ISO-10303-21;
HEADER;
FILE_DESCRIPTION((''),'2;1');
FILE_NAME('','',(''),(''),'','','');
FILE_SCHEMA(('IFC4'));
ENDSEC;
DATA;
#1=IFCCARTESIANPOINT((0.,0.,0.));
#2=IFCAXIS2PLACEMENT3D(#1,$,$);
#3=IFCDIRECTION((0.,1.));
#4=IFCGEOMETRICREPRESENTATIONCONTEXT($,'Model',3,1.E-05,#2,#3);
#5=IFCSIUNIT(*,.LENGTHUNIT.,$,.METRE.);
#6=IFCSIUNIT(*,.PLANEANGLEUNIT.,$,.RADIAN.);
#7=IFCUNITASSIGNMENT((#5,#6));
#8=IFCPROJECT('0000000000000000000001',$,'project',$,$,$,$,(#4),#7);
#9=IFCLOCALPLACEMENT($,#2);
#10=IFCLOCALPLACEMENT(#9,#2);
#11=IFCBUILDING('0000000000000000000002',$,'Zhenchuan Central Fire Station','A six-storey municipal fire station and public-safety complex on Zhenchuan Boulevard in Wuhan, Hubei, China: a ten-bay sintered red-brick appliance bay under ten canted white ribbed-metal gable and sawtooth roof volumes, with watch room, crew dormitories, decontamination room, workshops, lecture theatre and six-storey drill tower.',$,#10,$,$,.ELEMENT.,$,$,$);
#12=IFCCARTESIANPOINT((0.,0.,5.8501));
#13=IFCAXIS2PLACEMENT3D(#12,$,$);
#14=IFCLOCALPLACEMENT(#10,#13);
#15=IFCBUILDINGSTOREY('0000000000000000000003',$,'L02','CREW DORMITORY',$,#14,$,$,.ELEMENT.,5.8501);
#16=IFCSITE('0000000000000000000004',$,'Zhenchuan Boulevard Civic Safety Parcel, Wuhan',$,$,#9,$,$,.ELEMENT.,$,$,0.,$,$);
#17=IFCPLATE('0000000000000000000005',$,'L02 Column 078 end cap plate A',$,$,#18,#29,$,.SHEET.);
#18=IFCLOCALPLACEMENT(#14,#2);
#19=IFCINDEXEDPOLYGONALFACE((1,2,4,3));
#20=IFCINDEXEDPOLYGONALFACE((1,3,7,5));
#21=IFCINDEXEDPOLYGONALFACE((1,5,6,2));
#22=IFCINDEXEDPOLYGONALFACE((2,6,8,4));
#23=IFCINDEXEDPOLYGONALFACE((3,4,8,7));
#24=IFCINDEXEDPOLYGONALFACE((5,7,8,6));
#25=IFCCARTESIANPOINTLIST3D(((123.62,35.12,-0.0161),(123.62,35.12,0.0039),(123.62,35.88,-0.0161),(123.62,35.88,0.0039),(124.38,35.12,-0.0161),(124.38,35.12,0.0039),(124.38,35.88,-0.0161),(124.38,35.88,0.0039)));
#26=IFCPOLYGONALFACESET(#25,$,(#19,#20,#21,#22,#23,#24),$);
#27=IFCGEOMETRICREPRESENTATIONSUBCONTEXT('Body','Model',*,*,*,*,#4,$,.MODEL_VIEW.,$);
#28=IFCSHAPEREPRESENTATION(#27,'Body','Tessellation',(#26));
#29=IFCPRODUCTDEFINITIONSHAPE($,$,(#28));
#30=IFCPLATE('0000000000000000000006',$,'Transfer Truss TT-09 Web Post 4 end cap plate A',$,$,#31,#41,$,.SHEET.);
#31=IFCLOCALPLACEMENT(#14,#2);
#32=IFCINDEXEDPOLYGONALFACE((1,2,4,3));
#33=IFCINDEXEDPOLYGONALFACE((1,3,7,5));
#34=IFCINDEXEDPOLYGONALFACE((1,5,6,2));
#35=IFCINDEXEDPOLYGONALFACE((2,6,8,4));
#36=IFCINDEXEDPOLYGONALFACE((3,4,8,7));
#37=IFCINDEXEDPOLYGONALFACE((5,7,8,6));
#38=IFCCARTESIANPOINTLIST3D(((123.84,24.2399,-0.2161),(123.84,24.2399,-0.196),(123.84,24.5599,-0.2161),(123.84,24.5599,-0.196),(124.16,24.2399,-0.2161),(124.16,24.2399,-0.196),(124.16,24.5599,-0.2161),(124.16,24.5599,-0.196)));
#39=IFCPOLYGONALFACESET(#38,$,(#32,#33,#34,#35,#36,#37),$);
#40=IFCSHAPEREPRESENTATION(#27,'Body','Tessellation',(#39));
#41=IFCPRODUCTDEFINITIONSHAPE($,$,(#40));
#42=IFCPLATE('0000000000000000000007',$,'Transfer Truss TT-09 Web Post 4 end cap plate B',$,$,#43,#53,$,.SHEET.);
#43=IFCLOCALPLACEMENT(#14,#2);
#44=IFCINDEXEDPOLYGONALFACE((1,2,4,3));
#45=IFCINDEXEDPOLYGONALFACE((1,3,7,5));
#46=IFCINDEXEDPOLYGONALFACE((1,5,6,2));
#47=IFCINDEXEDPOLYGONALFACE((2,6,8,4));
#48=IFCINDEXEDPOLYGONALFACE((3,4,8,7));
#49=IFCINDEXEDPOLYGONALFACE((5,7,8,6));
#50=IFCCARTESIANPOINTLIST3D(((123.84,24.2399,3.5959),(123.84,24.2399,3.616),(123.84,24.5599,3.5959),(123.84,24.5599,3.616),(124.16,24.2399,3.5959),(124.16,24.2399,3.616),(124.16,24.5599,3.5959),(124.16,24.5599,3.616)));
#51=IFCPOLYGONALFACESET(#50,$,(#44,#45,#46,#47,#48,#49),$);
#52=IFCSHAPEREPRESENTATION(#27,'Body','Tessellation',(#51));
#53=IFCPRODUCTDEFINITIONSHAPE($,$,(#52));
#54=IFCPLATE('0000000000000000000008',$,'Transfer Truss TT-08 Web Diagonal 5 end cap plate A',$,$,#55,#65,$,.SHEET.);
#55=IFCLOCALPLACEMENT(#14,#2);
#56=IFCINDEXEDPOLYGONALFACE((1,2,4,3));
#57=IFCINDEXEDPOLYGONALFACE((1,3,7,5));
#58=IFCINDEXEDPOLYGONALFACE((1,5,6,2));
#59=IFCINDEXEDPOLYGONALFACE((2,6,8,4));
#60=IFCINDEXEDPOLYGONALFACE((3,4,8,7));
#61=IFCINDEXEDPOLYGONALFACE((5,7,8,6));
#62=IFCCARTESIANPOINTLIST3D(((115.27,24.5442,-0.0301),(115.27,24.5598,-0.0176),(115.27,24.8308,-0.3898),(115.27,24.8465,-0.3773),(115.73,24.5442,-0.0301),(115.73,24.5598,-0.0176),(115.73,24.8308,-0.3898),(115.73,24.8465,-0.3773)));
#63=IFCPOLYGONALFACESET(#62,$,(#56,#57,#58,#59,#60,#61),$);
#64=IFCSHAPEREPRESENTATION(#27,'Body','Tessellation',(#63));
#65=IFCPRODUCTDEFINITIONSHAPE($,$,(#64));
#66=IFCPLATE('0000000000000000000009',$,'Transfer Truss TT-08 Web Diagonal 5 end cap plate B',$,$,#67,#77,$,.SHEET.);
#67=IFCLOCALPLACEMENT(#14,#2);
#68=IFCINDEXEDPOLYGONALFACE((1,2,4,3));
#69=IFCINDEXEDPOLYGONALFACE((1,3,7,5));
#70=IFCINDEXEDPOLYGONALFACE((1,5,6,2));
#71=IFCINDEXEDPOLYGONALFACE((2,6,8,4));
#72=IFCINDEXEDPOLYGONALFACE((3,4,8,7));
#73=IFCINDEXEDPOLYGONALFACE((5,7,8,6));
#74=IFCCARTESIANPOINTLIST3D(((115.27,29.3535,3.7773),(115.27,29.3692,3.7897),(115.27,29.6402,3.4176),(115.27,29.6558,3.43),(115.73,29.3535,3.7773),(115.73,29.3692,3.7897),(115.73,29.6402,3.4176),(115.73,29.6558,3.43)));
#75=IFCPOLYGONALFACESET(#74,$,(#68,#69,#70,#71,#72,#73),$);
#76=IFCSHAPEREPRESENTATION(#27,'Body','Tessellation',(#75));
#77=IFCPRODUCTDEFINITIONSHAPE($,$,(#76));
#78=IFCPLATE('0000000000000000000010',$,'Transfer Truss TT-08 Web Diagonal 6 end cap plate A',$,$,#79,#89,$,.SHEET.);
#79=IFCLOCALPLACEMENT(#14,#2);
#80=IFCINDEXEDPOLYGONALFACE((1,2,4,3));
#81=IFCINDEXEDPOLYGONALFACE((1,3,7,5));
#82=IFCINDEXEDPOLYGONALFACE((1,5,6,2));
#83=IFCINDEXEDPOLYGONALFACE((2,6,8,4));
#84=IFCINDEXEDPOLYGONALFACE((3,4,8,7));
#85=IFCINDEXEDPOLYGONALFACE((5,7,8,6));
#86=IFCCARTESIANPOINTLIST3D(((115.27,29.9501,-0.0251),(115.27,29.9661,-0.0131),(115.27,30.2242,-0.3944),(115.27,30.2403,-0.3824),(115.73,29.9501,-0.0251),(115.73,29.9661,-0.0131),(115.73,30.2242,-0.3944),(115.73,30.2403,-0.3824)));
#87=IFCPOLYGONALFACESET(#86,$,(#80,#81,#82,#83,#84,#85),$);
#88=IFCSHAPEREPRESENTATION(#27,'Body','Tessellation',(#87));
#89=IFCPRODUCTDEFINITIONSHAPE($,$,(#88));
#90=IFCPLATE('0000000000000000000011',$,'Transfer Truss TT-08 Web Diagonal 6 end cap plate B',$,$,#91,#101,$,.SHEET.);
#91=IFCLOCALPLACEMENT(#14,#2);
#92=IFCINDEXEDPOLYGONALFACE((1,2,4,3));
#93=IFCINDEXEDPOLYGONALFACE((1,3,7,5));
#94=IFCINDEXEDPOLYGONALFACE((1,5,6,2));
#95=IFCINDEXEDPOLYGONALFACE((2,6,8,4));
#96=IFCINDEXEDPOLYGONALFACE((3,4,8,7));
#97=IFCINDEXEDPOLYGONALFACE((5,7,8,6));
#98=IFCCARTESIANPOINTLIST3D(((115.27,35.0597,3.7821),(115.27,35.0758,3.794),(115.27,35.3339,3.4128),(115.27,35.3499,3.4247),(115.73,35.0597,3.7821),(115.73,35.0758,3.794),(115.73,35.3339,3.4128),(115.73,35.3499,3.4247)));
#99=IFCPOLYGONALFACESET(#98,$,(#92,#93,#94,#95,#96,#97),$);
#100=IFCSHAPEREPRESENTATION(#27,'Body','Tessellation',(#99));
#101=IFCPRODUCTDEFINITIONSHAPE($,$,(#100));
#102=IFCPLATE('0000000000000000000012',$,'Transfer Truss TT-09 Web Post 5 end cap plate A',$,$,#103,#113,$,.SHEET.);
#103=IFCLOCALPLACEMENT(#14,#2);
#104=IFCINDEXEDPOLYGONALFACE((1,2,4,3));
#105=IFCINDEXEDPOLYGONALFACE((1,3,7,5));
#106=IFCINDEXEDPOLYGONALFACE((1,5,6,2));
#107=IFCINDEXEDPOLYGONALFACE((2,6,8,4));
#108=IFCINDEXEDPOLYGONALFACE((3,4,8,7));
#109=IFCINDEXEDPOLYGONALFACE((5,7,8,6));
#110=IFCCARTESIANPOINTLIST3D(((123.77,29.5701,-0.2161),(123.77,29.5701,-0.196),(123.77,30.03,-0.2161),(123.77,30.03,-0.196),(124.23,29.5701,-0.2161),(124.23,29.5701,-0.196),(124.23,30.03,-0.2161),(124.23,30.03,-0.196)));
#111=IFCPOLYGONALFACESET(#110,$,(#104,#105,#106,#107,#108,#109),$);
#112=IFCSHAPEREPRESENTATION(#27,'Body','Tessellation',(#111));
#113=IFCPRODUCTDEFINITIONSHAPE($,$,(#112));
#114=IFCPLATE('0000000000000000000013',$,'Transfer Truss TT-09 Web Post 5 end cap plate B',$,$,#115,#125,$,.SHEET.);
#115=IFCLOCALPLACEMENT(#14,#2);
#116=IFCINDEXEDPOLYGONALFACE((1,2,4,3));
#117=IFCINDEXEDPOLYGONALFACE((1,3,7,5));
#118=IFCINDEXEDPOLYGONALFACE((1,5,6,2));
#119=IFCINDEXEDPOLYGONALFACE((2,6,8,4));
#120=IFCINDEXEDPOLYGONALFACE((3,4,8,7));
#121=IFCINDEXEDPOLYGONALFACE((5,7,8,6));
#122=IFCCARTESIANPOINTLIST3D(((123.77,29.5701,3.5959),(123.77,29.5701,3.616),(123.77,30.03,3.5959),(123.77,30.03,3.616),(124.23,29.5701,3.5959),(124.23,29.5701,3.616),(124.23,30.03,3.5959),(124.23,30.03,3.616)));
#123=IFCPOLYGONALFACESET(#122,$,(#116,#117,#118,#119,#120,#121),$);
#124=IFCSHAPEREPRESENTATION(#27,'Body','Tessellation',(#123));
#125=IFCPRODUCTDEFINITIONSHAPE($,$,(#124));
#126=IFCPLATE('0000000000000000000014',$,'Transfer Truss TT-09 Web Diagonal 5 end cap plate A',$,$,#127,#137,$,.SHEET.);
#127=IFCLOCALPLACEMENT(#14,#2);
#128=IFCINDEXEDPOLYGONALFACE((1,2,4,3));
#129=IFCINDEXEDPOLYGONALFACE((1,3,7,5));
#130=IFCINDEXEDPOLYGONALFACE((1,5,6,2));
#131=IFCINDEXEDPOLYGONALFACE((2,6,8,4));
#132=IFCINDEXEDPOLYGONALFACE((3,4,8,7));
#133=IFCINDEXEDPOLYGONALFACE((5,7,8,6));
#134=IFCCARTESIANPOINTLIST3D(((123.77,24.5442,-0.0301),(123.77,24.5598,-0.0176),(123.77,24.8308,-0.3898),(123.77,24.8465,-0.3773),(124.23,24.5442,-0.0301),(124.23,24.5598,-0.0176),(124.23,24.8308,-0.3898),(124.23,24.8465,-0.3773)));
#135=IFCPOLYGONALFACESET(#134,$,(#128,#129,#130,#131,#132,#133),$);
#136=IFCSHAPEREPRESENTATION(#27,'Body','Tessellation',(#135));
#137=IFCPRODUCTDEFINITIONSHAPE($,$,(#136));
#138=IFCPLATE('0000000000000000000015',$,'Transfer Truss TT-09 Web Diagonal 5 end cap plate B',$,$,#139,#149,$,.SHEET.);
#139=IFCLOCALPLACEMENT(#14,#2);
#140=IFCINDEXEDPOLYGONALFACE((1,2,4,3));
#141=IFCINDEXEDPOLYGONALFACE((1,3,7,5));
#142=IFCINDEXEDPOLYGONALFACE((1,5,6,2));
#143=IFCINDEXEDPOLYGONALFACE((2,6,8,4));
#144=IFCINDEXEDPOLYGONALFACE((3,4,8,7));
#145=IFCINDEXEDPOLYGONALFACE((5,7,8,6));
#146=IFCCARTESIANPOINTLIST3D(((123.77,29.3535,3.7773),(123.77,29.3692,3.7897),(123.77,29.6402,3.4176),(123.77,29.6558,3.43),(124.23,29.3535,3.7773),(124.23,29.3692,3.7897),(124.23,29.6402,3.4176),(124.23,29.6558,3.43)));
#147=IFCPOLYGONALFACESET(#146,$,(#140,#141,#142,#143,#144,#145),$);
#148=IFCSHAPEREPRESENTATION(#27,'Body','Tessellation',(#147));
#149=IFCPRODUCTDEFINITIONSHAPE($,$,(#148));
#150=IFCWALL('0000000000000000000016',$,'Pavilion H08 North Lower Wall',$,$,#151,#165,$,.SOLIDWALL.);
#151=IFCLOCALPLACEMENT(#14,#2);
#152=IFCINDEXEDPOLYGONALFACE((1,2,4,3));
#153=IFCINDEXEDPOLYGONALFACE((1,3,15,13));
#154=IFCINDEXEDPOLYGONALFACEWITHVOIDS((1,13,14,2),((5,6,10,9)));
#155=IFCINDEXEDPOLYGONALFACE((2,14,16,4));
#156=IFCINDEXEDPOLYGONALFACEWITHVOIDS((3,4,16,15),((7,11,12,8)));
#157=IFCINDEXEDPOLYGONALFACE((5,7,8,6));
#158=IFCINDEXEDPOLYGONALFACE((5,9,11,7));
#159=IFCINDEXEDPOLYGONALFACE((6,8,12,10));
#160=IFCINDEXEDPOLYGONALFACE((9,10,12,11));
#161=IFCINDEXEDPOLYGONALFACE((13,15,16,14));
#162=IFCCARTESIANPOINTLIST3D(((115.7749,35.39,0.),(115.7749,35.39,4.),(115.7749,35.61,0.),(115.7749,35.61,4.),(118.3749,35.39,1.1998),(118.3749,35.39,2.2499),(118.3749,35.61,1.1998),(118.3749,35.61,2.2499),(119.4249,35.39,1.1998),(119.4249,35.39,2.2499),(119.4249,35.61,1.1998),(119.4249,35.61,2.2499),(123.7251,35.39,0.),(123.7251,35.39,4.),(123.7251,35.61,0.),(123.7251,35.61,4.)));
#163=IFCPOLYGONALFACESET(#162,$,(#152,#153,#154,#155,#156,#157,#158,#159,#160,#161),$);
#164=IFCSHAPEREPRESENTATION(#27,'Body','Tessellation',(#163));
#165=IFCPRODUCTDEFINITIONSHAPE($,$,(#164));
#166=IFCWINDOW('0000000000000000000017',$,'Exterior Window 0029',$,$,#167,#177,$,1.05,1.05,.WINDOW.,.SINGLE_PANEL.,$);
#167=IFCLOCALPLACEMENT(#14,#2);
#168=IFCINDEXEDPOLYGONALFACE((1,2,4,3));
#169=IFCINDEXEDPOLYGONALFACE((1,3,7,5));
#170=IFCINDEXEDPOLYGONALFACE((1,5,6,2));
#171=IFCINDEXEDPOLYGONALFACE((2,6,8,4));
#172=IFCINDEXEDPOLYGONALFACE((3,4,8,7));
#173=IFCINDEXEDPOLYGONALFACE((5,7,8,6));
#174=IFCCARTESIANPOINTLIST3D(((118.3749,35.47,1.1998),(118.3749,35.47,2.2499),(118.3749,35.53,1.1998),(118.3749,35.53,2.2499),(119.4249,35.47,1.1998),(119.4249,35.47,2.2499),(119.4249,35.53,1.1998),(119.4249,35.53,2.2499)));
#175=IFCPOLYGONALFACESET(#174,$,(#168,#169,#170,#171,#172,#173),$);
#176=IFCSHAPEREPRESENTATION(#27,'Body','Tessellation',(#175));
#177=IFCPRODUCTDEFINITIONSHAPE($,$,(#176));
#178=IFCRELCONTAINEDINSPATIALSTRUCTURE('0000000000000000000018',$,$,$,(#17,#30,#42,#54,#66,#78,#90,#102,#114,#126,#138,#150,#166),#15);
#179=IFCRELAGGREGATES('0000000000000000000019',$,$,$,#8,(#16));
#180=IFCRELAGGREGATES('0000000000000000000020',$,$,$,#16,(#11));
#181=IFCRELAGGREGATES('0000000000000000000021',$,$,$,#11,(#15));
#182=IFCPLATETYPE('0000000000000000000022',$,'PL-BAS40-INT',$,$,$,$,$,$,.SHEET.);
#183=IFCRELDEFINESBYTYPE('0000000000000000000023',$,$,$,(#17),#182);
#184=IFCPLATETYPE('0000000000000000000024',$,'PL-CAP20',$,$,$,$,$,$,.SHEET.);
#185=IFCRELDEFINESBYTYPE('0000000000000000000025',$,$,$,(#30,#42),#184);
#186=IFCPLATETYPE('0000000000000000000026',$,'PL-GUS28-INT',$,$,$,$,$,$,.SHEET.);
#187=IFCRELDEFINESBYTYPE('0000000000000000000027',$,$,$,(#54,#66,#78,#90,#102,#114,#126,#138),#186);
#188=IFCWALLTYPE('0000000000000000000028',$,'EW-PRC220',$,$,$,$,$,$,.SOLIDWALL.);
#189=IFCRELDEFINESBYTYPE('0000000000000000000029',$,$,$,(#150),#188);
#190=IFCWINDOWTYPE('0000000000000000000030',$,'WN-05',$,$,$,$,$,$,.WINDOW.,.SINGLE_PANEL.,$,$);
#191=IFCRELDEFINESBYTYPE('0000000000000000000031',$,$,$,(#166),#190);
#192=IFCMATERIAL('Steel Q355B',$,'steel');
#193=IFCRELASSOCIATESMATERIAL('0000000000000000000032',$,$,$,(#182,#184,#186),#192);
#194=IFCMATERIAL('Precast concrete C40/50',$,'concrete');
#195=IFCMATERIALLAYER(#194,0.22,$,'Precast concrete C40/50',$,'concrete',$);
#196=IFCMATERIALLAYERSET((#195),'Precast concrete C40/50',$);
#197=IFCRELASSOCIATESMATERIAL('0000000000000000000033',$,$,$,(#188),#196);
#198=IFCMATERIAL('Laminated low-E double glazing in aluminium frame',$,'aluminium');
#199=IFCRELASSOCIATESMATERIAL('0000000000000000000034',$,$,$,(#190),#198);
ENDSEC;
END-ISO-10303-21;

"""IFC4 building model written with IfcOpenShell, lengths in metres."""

from ifc_helpers import new_model, si_unit, direction, frame, frame_2d, origin, origin_2d, place, context, subcontext, project, spatial, rectangle, extrude, material, layer, layer_set, material_profile, profile_set, type_object, element, fill, save


model = new_model("IFC4")

# Units and contexts
model_context = context("Model", 3, precision=1e-05, world=origin(), true_north=direction((0.0, 1.0)))
body_context = subcontext(model_context, "Body", "Model", "MODEL_VIEW")
ifc_project = project(units=[si_unit("LENGTHUNIT", "METRE"), si_unit("PLANEANGLEUNIT", "RADIAN")], contexts=[model_context])

# Site, building, storey
site_placement = place(None, origin())
site = spatial("IfcSite", under=ifc_project, at=site_placement, Name="Zhenchuan Boulevard Civic Safety Parcel, Wuhan", CompositionType="ELEMENT", RefElevation=0.0)
building_placement = place(site_placement, origin())
building = spatial("IfcBuilding", under=site, at=building_placement, Name="Zhenchuan Central Fire Station", Description="A six-storey municipal fire station and public-safety complex on Zhenchuan Boulevard in Wuhan, Hubei, China: a ten-bay sintered red-brick appliance bay under ten canted white ribbed-metal gable and sawtooth roof volumes, with watch room, crew dormitories, decontamination room, workshops, lecture theatre and six-storey drill tower.", CompositionType="ELEMENT")
storey_placement = place(building_placement, frame((0.0, 0.0, 5.8501)))
storey = spatial("IfcBuildingStorey", under=building, at=storey_placement, Name="L02", Description="CREW DORMITORY", CompositionType="ELEMENT", Elevation=5.8501)

# Shared definitions
ifc_material_1 = material(Name="Steel Q355B", Category="steel")

# Plates
ifc_material_profile_1 = material_profile(ifc_material_1, rectangle(XDim=0.76, YDim=0.76, at=origin_2d()), Name="PL 760x760x40")
ifc_profile_set_1 = profile_set([ifc_material_profile_1], Name="Steel Q355B")
plate_type_1 = type_object("IfcPlateType", Name="PL-BAS40-INT", PredefinedType="SHEET", material=ifc_profile_set_1)
plate_placement = place(storey_placement, frame((124.0, 35.5, -0.0161), z_axis=(0.0, 0.0, 1.0), x_axis=(1.0, 0.0, 0.0)))
element("IfcPlate", 1, at=plate_placement, inside=storey, type_object=plate_type_1, Name="L02 Column 078 end cap plate A", PredefinedType="SHEET", context=body_context, shape_type="SweptSolid", body=[
    extrude(rectangle(XDim=0.76, YDim=0.76, at=origin_2d()), origin(), (0.0, 0.0, 1.0), 0.02),
])
ifc_material_profile_2 = material_profile(ifc_material_1, rectangle(XDim=0.3201, YDim=0.3201, at=origin_2d()), Name="PL 320x320x20")
ifc_profile_set_2 = profile_set([ifc_material_profile_2], Name="Steel Q355B")
plate_type_2 = type_object("IfcPlateType", Name="PL-CAP20", PredefinedType="SHEET", material=ifc_profile_set_2)
for number, where, z_axis, x_axis, name in (
    (2, (124.0, 24.3999, -0.2161), (0.0, 0.0, 1.0), (1.0, 0.0, 0.0), "Transfer Truss TT-09 Web Post 4 end cap plate A"),
    (3, (124.0, 24.3999, 3.5959), (0.0, 0.0, 1.0), (1.0, 0.0, 0.0), "Transfer Truss TT-09 Web Post 4 end cap plate B"),
):
    element("IfcPlate", number, at=place(storey_placement, frame(where, z_axis=z_axis, x_axis=x_axis)), inside=storey, type_object=plate_type_2, Name=name, PredefinedType="SHEET", context=body_context, shape_type="SweptSolid", body=[
        extrude(rectangle(XDim=0.3201, YDim=0.3201, at=origin_2d()), origin(), (0.0, 0.0, 1.0), 0.02),
    ])
ifc_material_profile_3 = material_profile(ifc_material_1, rectangle(XDim=0.46, YDim=0.46, at=origin_2d()), Name="PL 460x460x28")
ifc_profile_set_3 = profile_set([ifc_material_profile_3], Name="Steel Q355B")
plate_type_3 = type_object("IfcPlateType", Name="PL-GUS28-INT", PredefinedType="SHEET", material=ifc_profile_set_3)
for number, where, z_axis, x_axis, name in (
    (4, (115.5, 24.6875, -0.21), (0.0, 0.78206, 0.623204), (-1.0, 0.0, 0.0), "Transfer Truss TT-08 Web Diagonal 5 end cap plate A"),
    (5, (115.5, 29.4968, 3.5974), (0.0, 0.78206, 0.623204), (-1.0, 0.0, 0.0), "Transfer Truss TT-08 Web Diagonal 5 end cap plate B"),
    (6, (115.5, 30.0872, -0.2097), (0.0, 0.80291, 0.5961), (-1.0, 0.0, 0.0), "Transfer Truss TT-08 Web Diagonal 6 end cap plate A"),
    (7, (115.5, 35.1968, 3.5974), (0.0, 0.80291, 0.5961), (-1.0, 0.0, 0.0), "Transfer Truss TT-08 Web Diagonal 6 end cap plate B"),
    (8, (124.0, 29.8, -0.2161), (0.0, 0.0, 1.0), (1.0, 0.0, 0.0), "Transfer Truss TT-09 Web Post 5 end cap plate A"),
    (9, (124.0, 29.8, 3.5959), (0.0, 0.0, 1.0), (1.0, 0.0, 0.0), "Transfer Truss TT-09 Web Post 5 end cap plate B"),
    (10, (124.0, 24.6875, -0.21), (0.0, 0.78206, 0.623204), (-1.0, 0.0, 0.0), "Transfer Truss TT-09 Web Diagonal 5 end cap plate A"),
    (11, (124.0, 29.4968, 3.5974), (0.0, 0.78206, 0.623204), (-1.0, 0.0, 0.0), "Transfer Truss TT-09 Web Diagonal 5 end cap plate B"),
):
    element("IfcPlate", number, at=place(storey_placement, frame(where, z_axis=z_axis, x_axis=x_axis)), inside=storey, type_object=plate_type_3, Name=name, PredefinedType="SHEET", context=body_context, shape_type="SweptSolid", body=[
        extrude(rectangle(XDim=0.46, YDim=0.46, at=origin_2d()), origin(), (0.0, 0.0, 1.0), 0.02),
    ])

# Wall, opening, window
ifc_material_2 = material(Name="Precast concrete C40/50", Category="concrete")
ifc_layer = layer(ifc_material_2, 0.22, Name="Precast concrete C40/50", Category="concrete")
ifc_layer_set = layer_set([ifc_layer], Name="Precast concrete C40/50")
wall_type = type_object("IfcWallType", Name="EW-PRC220", PredefinedType="SOLIDWALL", material=ifc_layer_set)
wall_placement = place(storey_placement, frame((115.7749, 35.5, 0.0), z_axis=(0.0, 0.0, 1.0), x_axis=(1.0, 0.0, 0.0)))
wall = element("IfcWall", 12, at=wall_placement, inside=storey, type_object=wall_type, Name="Pavilion H08 North Lower Wall", PredefinedType="SOLIDWALL", context=body_context, shape_type="SweptSolid", body=[
    extrude(rectangle(XDim=7.9502, YDim=0.22, at=frame_2d((3.9751, 0.0))), origin(), (0.0, 0.0, 1.0), 4.0),
])
opening_placement = place(wall_placement, frame((2.6001, 0.0, 1.2)))
opening = element("IfcOpeningElement", 13, at=opening_placement, cuts=wall, PredefinedType="OPENING", context=body_context, shape_type="SweptSolid", body=[
    extrude(rectangle(XDim=1.05, YDim=1.05, at=frame_2d((0.5249, 0.5249))), frame((0.0, 0.1199, 0.0), z_axis=(0.0, -1.0, 0.0), x_axis=(1.0, 0.0, 0.0)), (0.0, 0.0, 1.0), 0.24),
])
ifc_material_3 = material(Name="Laminated low-E double glazing in aluminium frame", Category="aluminium")
window_type = type_object("IfcWindowType", Name="WN-05", PartitioningType="SINGLE_PANEL", PredefinedType="WINDOW", material=ifc_material_3)
window_placement = place(opening_placement, origin())
window = element("IfcWindow", 14, at=window_placement, inside=storey, type_object=window_type, Name="Exterior Window 0029", OverallHeight=1.05, OverallWidth=1.05, PartitioningType="SINGLE_PANEL", PredefinedType="WINDOW", context=body_context, shape_type="SweptSolid", body=[
    extrude(rectangle(XDim=1.05, YDim=1.05, at=frame_2d((0.5249, 0.5249))), frame((0.0, 0.03, 0.0), z_axis=(0.0, -1.0, 0.0), x_axis=(1.0, 0.0, 0.0)), (0.0, 0.0, 1.0), 0.0601),
])
fill(opening, window)

save(model, "model.ifc")
